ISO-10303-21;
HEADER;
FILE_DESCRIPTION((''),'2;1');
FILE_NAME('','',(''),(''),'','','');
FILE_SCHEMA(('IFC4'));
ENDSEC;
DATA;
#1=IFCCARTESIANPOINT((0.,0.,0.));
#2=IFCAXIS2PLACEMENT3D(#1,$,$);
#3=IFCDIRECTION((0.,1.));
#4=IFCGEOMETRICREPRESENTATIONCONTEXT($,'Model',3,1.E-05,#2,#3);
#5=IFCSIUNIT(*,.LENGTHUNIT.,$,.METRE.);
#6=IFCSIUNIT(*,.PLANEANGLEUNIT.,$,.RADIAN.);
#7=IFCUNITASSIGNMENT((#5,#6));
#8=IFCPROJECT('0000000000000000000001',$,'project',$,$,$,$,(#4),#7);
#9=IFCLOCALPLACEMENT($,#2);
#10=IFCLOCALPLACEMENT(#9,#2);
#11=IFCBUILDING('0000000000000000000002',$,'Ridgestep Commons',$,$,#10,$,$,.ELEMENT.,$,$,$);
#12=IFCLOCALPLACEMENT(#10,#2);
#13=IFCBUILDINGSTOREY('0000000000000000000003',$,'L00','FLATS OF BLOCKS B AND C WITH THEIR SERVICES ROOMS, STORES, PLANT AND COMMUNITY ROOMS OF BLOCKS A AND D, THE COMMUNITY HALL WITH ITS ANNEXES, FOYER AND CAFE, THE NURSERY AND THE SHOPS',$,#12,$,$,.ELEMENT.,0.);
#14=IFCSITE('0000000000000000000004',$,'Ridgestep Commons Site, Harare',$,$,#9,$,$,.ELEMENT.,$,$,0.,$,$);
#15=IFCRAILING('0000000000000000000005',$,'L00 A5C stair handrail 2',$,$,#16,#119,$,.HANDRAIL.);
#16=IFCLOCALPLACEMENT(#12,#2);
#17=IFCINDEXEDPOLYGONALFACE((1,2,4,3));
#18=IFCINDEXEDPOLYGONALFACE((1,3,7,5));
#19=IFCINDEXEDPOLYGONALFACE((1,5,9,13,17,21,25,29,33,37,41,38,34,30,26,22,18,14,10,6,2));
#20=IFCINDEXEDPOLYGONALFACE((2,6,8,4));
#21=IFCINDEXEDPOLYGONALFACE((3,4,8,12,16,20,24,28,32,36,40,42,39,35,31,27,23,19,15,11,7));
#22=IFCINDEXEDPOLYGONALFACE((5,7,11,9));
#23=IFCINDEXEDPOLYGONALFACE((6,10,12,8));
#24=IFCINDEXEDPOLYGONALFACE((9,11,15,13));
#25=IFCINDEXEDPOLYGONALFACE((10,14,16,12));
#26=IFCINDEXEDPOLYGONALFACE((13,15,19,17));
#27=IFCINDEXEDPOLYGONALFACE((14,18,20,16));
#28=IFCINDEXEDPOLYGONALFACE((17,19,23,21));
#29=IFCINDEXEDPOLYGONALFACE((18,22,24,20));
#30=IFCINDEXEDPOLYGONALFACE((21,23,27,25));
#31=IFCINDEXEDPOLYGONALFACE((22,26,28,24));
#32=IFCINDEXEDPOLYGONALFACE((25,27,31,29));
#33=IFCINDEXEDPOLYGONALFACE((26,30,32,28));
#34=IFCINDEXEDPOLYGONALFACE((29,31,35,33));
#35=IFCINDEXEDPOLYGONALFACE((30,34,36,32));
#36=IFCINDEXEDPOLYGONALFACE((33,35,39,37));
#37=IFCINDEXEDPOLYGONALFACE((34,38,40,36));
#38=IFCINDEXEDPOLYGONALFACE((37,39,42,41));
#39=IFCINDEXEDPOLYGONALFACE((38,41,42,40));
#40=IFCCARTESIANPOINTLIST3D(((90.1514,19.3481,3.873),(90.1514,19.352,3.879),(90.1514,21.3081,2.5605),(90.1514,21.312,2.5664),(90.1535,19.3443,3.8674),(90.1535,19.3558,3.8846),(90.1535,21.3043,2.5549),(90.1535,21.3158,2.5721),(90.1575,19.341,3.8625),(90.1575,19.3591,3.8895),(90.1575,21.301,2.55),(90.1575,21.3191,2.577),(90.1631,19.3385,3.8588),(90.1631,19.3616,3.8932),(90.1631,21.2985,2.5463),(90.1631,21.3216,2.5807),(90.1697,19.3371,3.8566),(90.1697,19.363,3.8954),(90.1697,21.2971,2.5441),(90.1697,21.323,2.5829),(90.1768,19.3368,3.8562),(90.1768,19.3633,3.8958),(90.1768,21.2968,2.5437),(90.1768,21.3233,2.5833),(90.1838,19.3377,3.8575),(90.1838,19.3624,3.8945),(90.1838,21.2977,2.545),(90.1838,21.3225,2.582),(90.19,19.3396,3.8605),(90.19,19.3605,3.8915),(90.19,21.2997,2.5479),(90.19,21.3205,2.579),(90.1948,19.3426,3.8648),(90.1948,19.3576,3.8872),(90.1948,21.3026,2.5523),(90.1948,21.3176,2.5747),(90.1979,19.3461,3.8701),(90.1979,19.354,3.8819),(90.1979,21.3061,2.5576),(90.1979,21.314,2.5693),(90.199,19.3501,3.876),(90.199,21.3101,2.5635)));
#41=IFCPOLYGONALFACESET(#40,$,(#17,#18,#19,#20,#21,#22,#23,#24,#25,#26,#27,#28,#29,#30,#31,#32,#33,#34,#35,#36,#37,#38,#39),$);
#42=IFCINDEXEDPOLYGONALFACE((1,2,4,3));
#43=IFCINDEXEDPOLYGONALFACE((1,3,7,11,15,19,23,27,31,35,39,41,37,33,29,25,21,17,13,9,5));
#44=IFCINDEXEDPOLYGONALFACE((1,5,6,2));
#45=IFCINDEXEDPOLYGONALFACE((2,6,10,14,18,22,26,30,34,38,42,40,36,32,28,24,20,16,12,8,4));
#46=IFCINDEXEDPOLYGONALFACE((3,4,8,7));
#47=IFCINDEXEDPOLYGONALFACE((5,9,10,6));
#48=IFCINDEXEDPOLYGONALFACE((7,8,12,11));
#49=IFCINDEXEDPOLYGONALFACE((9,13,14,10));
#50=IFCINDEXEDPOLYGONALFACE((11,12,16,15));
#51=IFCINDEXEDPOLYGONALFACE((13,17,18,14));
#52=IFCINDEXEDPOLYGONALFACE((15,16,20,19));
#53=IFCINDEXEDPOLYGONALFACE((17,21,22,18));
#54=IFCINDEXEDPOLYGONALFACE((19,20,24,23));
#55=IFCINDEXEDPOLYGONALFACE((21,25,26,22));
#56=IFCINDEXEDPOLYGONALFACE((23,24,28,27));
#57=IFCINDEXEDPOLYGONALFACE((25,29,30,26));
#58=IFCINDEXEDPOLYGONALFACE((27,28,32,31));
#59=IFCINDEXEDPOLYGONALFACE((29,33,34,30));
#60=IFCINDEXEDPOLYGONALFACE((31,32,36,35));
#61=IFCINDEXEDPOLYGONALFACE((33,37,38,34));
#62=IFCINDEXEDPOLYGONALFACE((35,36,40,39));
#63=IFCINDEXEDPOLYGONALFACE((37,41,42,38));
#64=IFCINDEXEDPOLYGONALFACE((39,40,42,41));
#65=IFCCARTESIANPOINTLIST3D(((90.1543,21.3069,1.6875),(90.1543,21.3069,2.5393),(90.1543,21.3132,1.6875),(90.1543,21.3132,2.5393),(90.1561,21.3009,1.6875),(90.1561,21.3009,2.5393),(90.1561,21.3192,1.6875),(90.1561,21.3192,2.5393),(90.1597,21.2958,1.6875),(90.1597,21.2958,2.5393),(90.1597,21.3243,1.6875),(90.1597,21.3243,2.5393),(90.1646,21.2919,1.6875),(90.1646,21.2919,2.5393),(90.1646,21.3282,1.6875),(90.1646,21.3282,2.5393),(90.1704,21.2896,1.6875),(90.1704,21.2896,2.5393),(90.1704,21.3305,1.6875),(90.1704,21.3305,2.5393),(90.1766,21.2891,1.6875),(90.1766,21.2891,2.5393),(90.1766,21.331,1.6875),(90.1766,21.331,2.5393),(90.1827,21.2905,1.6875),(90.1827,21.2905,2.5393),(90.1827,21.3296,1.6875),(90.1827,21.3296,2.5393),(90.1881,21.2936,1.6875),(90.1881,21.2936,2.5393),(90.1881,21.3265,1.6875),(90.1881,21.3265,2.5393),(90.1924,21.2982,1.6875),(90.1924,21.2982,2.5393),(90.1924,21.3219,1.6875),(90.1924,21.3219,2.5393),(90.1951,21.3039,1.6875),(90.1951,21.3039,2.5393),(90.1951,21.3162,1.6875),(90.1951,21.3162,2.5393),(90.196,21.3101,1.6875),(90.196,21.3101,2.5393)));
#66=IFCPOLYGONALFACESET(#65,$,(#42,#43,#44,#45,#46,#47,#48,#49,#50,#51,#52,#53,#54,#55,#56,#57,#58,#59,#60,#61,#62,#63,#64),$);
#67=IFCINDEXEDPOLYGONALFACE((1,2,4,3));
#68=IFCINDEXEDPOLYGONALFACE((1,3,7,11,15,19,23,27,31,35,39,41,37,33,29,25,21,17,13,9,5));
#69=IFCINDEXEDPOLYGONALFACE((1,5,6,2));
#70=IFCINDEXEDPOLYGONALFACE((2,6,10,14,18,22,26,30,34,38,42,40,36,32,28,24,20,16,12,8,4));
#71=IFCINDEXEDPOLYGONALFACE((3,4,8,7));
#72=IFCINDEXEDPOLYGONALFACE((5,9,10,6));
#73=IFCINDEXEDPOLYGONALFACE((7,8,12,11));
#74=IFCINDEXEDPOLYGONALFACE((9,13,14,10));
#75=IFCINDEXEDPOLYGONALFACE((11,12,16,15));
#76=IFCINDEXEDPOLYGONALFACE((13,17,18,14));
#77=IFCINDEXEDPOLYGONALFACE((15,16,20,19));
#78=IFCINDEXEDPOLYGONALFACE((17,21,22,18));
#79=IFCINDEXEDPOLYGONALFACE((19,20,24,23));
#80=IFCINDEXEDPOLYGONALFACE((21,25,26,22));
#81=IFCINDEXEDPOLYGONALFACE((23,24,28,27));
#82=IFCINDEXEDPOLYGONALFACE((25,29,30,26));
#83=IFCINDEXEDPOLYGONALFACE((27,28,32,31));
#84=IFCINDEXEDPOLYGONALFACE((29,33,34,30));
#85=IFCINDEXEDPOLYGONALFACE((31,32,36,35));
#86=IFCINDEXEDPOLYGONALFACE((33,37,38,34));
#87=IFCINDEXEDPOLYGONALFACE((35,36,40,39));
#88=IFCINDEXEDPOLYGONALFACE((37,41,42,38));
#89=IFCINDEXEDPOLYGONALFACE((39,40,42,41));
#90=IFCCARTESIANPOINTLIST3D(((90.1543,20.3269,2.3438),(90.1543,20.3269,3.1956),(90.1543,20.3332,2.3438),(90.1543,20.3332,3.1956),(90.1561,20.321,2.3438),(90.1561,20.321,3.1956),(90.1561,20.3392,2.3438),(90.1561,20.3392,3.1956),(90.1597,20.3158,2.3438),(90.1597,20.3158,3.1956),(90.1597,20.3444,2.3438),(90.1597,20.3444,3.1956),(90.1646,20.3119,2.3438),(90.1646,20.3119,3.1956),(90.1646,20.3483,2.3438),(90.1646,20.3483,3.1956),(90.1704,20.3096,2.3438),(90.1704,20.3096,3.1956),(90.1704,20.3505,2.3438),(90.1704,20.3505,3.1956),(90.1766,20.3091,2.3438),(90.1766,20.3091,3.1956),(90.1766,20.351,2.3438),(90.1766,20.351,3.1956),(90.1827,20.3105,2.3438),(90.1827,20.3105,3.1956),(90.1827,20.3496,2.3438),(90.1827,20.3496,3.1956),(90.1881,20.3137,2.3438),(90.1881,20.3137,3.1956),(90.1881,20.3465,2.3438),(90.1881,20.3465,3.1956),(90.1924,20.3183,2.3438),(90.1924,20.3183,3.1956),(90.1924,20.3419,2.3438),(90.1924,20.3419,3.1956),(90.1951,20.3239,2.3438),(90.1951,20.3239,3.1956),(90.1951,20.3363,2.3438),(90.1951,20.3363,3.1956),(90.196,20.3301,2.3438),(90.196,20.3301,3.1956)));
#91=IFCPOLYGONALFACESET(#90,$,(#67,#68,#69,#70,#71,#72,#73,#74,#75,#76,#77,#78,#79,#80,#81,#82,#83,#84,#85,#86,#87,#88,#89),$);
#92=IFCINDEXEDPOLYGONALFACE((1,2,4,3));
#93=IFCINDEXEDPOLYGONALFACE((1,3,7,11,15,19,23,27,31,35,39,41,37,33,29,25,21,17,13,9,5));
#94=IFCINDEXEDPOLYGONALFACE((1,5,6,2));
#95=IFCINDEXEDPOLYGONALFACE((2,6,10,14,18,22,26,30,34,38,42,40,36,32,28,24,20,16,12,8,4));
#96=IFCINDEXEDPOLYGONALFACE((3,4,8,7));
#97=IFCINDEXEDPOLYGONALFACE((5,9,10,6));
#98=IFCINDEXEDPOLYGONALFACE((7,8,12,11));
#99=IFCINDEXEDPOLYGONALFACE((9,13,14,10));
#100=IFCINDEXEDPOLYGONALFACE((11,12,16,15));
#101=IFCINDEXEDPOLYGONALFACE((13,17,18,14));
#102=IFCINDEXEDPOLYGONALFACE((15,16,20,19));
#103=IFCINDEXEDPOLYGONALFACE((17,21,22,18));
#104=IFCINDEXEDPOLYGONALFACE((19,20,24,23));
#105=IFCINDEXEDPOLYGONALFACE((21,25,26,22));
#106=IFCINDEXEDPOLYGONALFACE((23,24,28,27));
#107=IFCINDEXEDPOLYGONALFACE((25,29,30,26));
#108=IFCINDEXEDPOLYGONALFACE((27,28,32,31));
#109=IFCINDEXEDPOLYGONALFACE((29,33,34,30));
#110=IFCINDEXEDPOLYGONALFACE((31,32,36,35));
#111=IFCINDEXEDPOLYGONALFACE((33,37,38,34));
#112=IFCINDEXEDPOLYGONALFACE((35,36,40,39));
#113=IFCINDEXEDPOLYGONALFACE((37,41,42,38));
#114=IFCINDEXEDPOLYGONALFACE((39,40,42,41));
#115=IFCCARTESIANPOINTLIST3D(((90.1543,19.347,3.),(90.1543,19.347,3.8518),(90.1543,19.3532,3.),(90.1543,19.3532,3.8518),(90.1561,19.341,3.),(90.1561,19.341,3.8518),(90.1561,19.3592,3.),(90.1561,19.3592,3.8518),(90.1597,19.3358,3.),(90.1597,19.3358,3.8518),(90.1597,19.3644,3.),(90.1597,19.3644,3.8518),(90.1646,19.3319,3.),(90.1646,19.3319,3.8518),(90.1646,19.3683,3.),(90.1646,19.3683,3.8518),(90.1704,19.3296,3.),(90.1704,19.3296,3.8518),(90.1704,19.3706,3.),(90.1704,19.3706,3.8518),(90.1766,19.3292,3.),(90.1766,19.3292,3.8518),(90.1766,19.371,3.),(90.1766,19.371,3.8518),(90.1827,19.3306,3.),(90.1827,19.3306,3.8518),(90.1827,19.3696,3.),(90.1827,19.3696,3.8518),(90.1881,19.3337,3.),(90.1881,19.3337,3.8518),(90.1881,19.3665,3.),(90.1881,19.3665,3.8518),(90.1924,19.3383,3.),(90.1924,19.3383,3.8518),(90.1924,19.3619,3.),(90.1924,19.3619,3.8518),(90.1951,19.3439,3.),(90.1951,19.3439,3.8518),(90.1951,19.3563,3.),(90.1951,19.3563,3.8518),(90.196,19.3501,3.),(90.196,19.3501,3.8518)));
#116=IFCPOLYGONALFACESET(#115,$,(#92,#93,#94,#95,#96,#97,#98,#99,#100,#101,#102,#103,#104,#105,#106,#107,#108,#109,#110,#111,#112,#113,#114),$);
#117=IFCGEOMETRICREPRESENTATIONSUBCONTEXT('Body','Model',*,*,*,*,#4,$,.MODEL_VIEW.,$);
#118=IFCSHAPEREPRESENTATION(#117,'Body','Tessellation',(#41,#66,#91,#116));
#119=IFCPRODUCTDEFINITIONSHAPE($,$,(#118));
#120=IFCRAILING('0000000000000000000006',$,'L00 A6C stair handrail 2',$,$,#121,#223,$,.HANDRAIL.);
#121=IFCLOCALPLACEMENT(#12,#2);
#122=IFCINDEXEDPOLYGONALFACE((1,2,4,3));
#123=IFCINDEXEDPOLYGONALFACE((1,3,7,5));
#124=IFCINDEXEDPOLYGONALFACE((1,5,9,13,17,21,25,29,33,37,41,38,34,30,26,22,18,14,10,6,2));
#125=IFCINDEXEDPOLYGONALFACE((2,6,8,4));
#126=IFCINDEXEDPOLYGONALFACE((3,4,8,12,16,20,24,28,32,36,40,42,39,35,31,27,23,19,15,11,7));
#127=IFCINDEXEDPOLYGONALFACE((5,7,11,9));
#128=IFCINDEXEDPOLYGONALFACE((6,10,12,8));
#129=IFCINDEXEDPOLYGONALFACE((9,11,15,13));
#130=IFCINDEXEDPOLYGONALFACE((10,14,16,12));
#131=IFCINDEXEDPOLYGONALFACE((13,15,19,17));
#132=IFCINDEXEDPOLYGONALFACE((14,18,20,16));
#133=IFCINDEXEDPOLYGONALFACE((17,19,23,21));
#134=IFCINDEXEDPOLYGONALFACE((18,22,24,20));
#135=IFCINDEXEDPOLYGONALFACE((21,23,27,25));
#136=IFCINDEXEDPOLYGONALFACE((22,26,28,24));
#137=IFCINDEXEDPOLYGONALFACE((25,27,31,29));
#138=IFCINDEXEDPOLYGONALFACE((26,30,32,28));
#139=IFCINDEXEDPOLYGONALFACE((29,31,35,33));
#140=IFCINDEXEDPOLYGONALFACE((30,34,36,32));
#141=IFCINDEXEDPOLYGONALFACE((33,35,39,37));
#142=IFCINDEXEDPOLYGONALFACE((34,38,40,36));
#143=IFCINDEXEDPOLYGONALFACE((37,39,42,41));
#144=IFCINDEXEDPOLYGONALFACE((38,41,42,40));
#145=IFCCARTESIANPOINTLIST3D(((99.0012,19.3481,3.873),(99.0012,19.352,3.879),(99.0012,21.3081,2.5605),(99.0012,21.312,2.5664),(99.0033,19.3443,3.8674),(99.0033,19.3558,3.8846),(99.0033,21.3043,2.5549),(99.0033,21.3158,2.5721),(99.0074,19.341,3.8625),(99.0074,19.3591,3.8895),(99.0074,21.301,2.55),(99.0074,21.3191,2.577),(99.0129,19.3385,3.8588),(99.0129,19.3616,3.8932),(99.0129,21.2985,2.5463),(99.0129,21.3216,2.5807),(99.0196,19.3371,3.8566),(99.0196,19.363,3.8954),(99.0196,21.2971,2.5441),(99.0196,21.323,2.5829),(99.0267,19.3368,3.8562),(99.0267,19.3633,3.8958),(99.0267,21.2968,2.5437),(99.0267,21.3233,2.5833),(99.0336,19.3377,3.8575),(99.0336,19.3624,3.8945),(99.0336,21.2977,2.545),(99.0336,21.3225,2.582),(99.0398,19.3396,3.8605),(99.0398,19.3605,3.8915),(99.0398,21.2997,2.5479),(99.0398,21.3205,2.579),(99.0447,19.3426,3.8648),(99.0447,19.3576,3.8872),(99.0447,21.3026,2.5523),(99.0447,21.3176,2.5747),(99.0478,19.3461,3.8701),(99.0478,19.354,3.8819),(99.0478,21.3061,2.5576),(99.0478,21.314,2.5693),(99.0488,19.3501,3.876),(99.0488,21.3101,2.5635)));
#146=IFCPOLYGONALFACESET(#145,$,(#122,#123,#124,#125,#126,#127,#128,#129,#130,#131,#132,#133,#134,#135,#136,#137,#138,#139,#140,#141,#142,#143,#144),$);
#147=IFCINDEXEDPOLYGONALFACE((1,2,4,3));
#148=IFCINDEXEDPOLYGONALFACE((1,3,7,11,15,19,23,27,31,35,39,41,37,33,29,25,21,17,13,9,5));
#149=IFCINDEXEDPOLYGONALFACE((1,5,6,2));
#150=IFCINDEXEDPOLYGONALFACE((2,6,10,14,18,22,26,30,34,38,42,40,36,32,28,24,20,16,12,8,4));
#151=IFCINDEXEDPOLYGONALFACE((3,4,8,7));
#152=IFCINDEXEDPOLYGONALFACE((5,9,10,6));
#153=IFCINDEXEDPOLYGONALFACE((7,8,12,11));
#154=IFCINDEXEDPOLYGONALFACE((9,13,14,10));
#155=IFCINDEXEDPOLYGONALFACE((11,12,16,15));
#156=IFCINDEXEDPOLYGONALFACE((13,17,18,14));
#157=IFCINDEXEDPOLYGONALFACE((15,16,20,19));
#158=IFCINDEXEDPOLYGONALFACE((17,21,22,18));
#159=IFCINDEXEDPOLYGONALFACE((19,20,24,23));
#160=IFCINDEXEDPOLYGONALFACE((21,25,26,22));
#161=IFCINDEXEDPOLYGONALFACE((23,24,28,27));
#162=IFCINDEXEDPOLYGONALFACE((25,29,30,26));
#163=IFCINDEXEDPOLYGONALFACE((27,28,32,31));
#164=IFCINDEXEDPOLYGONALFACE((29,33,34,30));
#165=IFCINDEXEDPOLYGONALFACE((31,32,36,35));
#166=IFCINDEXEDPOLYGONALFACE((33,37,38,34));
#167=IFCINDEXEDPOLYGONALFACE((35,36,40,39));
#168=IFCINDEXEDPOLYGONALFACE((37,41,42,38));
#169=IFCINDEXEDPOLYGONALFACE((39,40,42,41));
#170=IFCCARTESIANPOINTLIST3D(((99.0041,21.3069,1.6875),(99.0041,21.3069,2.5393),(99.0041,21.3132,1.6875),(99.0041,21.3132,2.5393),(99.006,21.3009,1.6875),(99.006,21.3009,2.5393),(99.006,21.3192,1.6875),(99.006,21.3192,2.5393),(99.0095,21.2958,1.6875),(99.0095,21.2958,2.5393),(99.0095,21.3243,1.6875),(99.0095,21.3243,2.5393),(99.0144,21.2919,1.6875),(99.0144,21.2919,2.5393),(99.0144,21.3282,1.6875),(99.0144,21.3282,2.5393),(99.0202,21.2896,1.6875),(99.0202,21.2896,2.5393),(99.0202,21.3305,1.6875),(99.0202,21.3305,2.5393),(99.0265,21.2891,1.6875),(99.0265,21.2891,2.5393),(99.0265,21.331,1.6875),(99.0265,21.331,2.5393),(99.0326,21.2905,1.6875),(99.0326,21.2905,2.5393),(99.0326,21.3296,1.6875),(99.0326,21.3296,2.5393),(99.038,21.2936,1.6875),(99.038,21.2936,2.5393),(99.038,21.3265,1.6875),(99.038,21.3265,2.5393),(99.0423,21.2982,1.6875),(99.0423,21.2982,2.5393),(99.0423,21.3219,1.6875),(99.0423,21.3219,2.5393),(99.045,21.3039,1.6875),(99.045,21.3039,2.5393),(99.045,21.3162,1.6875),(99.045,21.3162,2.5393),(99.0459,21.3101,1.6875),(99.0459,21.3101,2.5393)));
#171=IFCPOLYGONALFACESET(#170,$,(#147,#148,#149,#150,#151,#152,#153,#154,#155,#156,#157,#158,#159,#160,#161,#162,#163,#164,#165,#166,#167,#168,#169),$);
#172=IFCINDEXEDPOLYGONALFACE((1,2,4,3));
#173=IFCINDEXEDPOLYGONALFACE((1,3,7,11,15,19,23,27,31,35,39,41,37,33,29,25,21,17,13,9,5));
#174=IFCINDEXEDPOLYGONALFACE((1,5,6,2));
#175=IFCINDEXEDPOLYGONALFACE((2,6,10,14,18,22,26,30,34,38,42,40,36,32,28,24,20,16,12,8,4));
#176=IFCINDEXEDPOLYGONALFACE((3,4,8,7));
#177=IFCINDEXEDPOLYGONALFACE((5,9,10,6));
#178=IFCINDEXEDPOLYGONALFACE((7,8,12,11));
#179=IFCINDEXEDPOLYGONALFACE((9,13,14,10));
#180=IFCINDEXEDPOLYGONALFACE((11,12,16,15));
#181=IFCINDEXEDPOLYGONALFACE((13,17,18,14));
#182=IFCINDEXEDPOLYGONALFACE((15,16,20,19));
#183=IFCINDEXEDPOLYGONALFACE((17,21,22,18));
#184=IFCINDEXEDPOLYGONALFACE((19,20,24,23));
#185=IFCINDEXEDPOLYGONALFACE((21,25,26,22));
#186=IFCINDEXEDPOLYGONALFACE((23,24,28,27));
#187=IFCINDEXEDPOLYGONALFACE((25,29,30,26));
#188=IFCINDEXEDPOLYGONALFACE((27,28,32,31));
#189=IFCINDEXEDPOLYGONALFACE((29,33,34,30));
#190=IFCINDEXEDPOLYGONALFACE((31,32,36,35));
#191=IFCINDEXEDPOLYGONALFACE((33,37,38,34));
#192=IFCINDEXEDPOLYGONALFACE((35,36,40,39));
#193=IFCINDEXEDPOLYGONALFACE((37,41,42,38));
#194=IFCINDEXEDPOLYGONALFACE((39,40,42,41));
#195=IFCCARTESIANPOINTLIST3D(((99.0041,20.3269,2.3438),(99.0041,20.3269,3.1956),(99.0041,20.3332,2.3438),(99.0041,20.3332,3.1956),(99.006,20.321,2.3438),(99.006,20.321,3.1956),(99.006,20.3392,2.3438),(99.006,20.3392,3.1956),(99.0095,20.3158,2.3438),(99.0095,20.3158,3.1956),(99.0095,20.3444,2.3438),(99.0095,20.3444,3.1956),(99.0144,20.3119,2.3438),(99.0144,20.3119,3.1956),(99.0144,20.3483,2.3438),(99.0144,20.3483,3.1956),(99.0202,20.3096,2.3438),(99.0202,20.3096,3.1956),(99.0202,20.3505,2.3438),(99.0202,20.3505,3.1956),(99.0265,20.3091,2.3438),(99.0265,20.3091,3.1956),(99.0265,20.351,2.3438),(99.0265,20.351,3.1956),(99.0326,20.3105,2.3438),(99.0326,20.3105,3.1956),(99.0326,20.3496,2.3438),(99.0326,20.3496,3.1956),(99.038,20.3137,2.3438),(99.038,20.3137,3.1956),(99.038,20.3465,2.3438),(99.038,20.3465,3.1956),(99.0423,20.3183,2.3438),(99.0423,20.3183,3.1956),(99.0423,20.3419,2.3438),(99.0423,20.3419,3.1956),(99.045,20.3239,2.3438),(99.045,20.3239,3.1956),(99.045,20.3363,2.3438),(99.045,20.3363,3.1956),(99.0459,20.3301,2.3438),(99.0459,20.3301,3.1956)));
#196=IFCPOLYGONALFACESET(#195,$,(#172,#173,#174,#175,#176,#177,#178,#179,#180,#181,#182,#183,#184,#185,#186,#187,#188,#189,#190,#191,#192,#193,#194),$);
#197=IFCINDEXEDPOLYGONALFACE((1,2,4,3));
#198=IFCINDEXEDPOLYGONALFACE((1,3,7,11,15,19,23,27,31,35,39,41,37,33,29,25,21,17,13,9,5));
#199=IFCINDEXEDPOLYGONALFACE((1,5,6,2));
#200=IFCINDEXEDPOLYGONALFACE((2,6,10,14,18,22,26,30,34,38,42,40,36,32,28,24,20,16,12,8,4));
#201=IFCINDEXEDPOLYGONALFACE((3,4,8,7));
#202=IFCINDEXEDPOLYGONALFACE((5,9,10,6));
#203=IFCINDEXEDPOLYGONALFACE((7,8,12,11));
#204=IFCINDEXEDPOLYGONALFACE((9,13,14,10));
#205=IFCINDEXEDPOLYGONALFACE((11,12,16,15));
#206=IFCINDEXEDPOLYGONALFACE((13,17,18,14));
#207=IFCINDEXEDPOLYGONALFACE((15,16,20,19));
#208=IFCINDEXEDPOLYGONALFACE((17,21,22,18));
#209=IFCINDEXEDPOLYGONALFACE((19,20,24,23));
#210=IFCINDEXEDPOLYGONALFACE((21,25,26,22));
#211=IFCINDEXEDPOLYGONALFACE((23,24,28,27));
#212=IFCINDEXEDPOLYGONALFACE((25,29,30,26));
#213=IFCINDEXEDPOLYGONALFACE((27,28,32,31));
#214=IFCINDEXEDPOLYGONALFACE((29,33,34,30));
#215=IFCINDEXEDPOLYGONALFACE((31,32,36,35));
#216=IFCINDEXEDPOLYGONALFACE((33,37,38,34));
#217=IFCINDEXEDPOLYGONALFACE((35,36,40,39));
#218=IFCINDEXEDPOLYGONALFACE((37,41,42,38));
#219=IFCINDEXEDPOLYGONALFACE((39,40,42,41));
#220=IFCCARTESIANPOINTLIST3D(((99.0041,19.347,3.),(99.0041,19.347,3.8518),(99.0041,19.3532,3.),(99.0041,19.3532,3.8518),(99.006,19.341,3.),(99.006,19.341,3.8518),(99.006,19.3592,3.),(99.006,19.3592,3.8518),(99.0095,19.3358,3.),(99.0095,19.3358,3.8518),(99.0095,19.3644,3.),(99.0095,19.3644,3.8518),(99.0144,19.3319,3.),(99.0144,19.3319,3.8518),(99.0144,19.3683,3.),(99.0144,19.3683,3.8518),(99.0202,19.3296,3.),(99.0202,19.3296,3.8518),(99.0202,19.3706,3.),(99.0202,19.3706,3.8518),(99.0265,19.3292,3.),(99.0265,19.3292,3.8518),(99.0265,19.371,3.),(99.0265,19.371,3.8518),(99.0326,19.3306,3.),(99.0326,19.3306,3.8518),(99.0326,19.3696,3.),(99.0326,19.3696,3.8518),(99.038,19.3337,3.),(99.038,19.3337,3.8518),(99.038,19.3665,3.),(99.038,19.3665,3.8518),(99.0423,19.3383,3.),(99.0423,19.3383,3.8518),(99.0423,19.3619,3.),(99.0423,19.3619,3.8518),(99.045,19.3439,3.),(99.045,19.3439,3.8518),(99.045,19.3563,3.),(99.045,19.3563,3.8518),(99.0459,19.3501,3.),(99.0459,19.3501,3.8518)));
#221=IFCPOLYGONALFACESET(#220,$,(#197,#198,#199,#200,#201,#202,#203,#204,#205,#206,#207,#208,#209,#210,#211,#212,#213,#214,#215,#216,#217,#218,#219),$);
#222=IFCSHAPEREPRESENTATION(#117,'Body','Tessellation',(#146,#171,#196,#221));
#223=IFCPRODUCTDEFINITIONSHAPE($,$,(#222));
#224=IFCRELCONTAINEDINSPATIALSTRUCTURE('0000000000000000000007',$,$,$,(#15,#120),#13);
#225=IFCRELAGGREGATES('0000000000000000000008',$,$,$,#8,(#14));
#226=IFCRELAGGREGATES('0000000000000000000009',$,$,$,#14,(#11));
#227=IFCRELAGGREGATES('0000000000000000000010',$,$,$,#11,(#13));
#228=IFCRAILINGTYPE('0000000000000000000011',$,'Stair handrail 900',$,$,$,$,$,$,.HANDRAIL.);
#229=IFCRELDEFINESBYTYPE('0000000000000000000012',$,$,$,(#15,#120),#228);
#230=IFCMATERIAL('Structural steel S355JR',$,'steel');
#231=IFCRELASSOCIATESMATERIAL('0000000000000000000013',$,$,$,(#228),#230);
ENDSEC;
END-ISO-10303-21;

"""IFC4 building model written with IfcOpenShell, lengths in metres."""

from ifc_helpers import new_model, si_unit, direction, frame, origin, origin_2d, place, context, subcontext, project, spatial, circle, extrude, material, type_object, element, save


model = new_model("IFC4")

# Units and contexts
model_context = context("Model", 3, precision=1e-05, world=origin(), true_north=direction((0.0, 1.0)))
body_context = subcontext(model_context, "Body", "Model", "MODEL_VIEW")
ifc_project = project(units=[si_unit("LENGTHUNIT", "METRE"), si_unit("PLANEANGLEUNIT", "RADIAN")], contexts=[model_context])

# Site, building, storey
site_placement = place(None, origin())
site = spatial("IfcSite", under=ifc_project, at=site_placement, Name="Ridgestep Commons Site, Harare", CompositionType="ELEMENT", RefElevation=0.0)
building_placement = place(site_placement, origin())
building = spatial("IfcBuilding", under=site, at=building_placement, Name="Ridgestep Commons", CompositionType="ELEMENT")
storey_placement = place(building_placement, origin())
storey = spatial("IfcBuildingStorey", under=building, at=storey_placement, Name="L00", Description="FLATS OF BLOCKS B AND C WITH THEIR SERVICES ROOMS, STORES, PLANT AND COMMUNITY ROOMS OF BLOCKS A AND D, THE COMMUNITY HALL WITH ITS ANNEXES, FOYER AND CAFE, THE NURSERY AND THE SHOPS", CompositionType="ELEMENT", Elevation=0.0)

# Railings
ifc_material_1 = material(Name="Structural steel S355JR", Category="steel")
railing_type_1 = type_object("IfcRailingType", Name="Stair handrail 900", PredefinedType="HANDRAIL", material=ifc_material_1)
for number, where, name in (
    (1, (90.175, 21.3101, 1.6875), "L00 A5C stair handrail 2"),
    (2, (99.0249, 21.3101, 1.6875), "L00 A6C stair handrail 2"),
):
    element("IfcRailing", number, at=place(storey_placement, frame(where)), inside=storey, type_object=railing_type_1, Name=name, PredefinedType="HANDRAIL", context=body_context, shape_type="SweptSolid", body=[
        extrude(circle(Radius=0.0239, at=origin_2d()), frame((0.0, 0.0, 0.876), z_axis=(0.0, -0.830902, 0.556419), x_axis=(1.0, 0.0, 0.0)), (0.0, 0.0, 1.0), 2.3589),
        extrude(circle(Radius=0.021, at=origin_2d()), origin(), (0.0, 0.0, 1.0), 0.8518),
        extrude(circle(Radius=0.021, at=origin_2d()), frame((0.0, -0.98, 0.6562)), (0.0, 0.0, 1.0), 0.8518),
        extrude(circle(Radius=0.021, at=origin_2d()), frame((0.0, -1.96, 1.3125)), (0.0, 0.0, 1.0), 0.8518),
    ])

save(model, "model.ifc")
